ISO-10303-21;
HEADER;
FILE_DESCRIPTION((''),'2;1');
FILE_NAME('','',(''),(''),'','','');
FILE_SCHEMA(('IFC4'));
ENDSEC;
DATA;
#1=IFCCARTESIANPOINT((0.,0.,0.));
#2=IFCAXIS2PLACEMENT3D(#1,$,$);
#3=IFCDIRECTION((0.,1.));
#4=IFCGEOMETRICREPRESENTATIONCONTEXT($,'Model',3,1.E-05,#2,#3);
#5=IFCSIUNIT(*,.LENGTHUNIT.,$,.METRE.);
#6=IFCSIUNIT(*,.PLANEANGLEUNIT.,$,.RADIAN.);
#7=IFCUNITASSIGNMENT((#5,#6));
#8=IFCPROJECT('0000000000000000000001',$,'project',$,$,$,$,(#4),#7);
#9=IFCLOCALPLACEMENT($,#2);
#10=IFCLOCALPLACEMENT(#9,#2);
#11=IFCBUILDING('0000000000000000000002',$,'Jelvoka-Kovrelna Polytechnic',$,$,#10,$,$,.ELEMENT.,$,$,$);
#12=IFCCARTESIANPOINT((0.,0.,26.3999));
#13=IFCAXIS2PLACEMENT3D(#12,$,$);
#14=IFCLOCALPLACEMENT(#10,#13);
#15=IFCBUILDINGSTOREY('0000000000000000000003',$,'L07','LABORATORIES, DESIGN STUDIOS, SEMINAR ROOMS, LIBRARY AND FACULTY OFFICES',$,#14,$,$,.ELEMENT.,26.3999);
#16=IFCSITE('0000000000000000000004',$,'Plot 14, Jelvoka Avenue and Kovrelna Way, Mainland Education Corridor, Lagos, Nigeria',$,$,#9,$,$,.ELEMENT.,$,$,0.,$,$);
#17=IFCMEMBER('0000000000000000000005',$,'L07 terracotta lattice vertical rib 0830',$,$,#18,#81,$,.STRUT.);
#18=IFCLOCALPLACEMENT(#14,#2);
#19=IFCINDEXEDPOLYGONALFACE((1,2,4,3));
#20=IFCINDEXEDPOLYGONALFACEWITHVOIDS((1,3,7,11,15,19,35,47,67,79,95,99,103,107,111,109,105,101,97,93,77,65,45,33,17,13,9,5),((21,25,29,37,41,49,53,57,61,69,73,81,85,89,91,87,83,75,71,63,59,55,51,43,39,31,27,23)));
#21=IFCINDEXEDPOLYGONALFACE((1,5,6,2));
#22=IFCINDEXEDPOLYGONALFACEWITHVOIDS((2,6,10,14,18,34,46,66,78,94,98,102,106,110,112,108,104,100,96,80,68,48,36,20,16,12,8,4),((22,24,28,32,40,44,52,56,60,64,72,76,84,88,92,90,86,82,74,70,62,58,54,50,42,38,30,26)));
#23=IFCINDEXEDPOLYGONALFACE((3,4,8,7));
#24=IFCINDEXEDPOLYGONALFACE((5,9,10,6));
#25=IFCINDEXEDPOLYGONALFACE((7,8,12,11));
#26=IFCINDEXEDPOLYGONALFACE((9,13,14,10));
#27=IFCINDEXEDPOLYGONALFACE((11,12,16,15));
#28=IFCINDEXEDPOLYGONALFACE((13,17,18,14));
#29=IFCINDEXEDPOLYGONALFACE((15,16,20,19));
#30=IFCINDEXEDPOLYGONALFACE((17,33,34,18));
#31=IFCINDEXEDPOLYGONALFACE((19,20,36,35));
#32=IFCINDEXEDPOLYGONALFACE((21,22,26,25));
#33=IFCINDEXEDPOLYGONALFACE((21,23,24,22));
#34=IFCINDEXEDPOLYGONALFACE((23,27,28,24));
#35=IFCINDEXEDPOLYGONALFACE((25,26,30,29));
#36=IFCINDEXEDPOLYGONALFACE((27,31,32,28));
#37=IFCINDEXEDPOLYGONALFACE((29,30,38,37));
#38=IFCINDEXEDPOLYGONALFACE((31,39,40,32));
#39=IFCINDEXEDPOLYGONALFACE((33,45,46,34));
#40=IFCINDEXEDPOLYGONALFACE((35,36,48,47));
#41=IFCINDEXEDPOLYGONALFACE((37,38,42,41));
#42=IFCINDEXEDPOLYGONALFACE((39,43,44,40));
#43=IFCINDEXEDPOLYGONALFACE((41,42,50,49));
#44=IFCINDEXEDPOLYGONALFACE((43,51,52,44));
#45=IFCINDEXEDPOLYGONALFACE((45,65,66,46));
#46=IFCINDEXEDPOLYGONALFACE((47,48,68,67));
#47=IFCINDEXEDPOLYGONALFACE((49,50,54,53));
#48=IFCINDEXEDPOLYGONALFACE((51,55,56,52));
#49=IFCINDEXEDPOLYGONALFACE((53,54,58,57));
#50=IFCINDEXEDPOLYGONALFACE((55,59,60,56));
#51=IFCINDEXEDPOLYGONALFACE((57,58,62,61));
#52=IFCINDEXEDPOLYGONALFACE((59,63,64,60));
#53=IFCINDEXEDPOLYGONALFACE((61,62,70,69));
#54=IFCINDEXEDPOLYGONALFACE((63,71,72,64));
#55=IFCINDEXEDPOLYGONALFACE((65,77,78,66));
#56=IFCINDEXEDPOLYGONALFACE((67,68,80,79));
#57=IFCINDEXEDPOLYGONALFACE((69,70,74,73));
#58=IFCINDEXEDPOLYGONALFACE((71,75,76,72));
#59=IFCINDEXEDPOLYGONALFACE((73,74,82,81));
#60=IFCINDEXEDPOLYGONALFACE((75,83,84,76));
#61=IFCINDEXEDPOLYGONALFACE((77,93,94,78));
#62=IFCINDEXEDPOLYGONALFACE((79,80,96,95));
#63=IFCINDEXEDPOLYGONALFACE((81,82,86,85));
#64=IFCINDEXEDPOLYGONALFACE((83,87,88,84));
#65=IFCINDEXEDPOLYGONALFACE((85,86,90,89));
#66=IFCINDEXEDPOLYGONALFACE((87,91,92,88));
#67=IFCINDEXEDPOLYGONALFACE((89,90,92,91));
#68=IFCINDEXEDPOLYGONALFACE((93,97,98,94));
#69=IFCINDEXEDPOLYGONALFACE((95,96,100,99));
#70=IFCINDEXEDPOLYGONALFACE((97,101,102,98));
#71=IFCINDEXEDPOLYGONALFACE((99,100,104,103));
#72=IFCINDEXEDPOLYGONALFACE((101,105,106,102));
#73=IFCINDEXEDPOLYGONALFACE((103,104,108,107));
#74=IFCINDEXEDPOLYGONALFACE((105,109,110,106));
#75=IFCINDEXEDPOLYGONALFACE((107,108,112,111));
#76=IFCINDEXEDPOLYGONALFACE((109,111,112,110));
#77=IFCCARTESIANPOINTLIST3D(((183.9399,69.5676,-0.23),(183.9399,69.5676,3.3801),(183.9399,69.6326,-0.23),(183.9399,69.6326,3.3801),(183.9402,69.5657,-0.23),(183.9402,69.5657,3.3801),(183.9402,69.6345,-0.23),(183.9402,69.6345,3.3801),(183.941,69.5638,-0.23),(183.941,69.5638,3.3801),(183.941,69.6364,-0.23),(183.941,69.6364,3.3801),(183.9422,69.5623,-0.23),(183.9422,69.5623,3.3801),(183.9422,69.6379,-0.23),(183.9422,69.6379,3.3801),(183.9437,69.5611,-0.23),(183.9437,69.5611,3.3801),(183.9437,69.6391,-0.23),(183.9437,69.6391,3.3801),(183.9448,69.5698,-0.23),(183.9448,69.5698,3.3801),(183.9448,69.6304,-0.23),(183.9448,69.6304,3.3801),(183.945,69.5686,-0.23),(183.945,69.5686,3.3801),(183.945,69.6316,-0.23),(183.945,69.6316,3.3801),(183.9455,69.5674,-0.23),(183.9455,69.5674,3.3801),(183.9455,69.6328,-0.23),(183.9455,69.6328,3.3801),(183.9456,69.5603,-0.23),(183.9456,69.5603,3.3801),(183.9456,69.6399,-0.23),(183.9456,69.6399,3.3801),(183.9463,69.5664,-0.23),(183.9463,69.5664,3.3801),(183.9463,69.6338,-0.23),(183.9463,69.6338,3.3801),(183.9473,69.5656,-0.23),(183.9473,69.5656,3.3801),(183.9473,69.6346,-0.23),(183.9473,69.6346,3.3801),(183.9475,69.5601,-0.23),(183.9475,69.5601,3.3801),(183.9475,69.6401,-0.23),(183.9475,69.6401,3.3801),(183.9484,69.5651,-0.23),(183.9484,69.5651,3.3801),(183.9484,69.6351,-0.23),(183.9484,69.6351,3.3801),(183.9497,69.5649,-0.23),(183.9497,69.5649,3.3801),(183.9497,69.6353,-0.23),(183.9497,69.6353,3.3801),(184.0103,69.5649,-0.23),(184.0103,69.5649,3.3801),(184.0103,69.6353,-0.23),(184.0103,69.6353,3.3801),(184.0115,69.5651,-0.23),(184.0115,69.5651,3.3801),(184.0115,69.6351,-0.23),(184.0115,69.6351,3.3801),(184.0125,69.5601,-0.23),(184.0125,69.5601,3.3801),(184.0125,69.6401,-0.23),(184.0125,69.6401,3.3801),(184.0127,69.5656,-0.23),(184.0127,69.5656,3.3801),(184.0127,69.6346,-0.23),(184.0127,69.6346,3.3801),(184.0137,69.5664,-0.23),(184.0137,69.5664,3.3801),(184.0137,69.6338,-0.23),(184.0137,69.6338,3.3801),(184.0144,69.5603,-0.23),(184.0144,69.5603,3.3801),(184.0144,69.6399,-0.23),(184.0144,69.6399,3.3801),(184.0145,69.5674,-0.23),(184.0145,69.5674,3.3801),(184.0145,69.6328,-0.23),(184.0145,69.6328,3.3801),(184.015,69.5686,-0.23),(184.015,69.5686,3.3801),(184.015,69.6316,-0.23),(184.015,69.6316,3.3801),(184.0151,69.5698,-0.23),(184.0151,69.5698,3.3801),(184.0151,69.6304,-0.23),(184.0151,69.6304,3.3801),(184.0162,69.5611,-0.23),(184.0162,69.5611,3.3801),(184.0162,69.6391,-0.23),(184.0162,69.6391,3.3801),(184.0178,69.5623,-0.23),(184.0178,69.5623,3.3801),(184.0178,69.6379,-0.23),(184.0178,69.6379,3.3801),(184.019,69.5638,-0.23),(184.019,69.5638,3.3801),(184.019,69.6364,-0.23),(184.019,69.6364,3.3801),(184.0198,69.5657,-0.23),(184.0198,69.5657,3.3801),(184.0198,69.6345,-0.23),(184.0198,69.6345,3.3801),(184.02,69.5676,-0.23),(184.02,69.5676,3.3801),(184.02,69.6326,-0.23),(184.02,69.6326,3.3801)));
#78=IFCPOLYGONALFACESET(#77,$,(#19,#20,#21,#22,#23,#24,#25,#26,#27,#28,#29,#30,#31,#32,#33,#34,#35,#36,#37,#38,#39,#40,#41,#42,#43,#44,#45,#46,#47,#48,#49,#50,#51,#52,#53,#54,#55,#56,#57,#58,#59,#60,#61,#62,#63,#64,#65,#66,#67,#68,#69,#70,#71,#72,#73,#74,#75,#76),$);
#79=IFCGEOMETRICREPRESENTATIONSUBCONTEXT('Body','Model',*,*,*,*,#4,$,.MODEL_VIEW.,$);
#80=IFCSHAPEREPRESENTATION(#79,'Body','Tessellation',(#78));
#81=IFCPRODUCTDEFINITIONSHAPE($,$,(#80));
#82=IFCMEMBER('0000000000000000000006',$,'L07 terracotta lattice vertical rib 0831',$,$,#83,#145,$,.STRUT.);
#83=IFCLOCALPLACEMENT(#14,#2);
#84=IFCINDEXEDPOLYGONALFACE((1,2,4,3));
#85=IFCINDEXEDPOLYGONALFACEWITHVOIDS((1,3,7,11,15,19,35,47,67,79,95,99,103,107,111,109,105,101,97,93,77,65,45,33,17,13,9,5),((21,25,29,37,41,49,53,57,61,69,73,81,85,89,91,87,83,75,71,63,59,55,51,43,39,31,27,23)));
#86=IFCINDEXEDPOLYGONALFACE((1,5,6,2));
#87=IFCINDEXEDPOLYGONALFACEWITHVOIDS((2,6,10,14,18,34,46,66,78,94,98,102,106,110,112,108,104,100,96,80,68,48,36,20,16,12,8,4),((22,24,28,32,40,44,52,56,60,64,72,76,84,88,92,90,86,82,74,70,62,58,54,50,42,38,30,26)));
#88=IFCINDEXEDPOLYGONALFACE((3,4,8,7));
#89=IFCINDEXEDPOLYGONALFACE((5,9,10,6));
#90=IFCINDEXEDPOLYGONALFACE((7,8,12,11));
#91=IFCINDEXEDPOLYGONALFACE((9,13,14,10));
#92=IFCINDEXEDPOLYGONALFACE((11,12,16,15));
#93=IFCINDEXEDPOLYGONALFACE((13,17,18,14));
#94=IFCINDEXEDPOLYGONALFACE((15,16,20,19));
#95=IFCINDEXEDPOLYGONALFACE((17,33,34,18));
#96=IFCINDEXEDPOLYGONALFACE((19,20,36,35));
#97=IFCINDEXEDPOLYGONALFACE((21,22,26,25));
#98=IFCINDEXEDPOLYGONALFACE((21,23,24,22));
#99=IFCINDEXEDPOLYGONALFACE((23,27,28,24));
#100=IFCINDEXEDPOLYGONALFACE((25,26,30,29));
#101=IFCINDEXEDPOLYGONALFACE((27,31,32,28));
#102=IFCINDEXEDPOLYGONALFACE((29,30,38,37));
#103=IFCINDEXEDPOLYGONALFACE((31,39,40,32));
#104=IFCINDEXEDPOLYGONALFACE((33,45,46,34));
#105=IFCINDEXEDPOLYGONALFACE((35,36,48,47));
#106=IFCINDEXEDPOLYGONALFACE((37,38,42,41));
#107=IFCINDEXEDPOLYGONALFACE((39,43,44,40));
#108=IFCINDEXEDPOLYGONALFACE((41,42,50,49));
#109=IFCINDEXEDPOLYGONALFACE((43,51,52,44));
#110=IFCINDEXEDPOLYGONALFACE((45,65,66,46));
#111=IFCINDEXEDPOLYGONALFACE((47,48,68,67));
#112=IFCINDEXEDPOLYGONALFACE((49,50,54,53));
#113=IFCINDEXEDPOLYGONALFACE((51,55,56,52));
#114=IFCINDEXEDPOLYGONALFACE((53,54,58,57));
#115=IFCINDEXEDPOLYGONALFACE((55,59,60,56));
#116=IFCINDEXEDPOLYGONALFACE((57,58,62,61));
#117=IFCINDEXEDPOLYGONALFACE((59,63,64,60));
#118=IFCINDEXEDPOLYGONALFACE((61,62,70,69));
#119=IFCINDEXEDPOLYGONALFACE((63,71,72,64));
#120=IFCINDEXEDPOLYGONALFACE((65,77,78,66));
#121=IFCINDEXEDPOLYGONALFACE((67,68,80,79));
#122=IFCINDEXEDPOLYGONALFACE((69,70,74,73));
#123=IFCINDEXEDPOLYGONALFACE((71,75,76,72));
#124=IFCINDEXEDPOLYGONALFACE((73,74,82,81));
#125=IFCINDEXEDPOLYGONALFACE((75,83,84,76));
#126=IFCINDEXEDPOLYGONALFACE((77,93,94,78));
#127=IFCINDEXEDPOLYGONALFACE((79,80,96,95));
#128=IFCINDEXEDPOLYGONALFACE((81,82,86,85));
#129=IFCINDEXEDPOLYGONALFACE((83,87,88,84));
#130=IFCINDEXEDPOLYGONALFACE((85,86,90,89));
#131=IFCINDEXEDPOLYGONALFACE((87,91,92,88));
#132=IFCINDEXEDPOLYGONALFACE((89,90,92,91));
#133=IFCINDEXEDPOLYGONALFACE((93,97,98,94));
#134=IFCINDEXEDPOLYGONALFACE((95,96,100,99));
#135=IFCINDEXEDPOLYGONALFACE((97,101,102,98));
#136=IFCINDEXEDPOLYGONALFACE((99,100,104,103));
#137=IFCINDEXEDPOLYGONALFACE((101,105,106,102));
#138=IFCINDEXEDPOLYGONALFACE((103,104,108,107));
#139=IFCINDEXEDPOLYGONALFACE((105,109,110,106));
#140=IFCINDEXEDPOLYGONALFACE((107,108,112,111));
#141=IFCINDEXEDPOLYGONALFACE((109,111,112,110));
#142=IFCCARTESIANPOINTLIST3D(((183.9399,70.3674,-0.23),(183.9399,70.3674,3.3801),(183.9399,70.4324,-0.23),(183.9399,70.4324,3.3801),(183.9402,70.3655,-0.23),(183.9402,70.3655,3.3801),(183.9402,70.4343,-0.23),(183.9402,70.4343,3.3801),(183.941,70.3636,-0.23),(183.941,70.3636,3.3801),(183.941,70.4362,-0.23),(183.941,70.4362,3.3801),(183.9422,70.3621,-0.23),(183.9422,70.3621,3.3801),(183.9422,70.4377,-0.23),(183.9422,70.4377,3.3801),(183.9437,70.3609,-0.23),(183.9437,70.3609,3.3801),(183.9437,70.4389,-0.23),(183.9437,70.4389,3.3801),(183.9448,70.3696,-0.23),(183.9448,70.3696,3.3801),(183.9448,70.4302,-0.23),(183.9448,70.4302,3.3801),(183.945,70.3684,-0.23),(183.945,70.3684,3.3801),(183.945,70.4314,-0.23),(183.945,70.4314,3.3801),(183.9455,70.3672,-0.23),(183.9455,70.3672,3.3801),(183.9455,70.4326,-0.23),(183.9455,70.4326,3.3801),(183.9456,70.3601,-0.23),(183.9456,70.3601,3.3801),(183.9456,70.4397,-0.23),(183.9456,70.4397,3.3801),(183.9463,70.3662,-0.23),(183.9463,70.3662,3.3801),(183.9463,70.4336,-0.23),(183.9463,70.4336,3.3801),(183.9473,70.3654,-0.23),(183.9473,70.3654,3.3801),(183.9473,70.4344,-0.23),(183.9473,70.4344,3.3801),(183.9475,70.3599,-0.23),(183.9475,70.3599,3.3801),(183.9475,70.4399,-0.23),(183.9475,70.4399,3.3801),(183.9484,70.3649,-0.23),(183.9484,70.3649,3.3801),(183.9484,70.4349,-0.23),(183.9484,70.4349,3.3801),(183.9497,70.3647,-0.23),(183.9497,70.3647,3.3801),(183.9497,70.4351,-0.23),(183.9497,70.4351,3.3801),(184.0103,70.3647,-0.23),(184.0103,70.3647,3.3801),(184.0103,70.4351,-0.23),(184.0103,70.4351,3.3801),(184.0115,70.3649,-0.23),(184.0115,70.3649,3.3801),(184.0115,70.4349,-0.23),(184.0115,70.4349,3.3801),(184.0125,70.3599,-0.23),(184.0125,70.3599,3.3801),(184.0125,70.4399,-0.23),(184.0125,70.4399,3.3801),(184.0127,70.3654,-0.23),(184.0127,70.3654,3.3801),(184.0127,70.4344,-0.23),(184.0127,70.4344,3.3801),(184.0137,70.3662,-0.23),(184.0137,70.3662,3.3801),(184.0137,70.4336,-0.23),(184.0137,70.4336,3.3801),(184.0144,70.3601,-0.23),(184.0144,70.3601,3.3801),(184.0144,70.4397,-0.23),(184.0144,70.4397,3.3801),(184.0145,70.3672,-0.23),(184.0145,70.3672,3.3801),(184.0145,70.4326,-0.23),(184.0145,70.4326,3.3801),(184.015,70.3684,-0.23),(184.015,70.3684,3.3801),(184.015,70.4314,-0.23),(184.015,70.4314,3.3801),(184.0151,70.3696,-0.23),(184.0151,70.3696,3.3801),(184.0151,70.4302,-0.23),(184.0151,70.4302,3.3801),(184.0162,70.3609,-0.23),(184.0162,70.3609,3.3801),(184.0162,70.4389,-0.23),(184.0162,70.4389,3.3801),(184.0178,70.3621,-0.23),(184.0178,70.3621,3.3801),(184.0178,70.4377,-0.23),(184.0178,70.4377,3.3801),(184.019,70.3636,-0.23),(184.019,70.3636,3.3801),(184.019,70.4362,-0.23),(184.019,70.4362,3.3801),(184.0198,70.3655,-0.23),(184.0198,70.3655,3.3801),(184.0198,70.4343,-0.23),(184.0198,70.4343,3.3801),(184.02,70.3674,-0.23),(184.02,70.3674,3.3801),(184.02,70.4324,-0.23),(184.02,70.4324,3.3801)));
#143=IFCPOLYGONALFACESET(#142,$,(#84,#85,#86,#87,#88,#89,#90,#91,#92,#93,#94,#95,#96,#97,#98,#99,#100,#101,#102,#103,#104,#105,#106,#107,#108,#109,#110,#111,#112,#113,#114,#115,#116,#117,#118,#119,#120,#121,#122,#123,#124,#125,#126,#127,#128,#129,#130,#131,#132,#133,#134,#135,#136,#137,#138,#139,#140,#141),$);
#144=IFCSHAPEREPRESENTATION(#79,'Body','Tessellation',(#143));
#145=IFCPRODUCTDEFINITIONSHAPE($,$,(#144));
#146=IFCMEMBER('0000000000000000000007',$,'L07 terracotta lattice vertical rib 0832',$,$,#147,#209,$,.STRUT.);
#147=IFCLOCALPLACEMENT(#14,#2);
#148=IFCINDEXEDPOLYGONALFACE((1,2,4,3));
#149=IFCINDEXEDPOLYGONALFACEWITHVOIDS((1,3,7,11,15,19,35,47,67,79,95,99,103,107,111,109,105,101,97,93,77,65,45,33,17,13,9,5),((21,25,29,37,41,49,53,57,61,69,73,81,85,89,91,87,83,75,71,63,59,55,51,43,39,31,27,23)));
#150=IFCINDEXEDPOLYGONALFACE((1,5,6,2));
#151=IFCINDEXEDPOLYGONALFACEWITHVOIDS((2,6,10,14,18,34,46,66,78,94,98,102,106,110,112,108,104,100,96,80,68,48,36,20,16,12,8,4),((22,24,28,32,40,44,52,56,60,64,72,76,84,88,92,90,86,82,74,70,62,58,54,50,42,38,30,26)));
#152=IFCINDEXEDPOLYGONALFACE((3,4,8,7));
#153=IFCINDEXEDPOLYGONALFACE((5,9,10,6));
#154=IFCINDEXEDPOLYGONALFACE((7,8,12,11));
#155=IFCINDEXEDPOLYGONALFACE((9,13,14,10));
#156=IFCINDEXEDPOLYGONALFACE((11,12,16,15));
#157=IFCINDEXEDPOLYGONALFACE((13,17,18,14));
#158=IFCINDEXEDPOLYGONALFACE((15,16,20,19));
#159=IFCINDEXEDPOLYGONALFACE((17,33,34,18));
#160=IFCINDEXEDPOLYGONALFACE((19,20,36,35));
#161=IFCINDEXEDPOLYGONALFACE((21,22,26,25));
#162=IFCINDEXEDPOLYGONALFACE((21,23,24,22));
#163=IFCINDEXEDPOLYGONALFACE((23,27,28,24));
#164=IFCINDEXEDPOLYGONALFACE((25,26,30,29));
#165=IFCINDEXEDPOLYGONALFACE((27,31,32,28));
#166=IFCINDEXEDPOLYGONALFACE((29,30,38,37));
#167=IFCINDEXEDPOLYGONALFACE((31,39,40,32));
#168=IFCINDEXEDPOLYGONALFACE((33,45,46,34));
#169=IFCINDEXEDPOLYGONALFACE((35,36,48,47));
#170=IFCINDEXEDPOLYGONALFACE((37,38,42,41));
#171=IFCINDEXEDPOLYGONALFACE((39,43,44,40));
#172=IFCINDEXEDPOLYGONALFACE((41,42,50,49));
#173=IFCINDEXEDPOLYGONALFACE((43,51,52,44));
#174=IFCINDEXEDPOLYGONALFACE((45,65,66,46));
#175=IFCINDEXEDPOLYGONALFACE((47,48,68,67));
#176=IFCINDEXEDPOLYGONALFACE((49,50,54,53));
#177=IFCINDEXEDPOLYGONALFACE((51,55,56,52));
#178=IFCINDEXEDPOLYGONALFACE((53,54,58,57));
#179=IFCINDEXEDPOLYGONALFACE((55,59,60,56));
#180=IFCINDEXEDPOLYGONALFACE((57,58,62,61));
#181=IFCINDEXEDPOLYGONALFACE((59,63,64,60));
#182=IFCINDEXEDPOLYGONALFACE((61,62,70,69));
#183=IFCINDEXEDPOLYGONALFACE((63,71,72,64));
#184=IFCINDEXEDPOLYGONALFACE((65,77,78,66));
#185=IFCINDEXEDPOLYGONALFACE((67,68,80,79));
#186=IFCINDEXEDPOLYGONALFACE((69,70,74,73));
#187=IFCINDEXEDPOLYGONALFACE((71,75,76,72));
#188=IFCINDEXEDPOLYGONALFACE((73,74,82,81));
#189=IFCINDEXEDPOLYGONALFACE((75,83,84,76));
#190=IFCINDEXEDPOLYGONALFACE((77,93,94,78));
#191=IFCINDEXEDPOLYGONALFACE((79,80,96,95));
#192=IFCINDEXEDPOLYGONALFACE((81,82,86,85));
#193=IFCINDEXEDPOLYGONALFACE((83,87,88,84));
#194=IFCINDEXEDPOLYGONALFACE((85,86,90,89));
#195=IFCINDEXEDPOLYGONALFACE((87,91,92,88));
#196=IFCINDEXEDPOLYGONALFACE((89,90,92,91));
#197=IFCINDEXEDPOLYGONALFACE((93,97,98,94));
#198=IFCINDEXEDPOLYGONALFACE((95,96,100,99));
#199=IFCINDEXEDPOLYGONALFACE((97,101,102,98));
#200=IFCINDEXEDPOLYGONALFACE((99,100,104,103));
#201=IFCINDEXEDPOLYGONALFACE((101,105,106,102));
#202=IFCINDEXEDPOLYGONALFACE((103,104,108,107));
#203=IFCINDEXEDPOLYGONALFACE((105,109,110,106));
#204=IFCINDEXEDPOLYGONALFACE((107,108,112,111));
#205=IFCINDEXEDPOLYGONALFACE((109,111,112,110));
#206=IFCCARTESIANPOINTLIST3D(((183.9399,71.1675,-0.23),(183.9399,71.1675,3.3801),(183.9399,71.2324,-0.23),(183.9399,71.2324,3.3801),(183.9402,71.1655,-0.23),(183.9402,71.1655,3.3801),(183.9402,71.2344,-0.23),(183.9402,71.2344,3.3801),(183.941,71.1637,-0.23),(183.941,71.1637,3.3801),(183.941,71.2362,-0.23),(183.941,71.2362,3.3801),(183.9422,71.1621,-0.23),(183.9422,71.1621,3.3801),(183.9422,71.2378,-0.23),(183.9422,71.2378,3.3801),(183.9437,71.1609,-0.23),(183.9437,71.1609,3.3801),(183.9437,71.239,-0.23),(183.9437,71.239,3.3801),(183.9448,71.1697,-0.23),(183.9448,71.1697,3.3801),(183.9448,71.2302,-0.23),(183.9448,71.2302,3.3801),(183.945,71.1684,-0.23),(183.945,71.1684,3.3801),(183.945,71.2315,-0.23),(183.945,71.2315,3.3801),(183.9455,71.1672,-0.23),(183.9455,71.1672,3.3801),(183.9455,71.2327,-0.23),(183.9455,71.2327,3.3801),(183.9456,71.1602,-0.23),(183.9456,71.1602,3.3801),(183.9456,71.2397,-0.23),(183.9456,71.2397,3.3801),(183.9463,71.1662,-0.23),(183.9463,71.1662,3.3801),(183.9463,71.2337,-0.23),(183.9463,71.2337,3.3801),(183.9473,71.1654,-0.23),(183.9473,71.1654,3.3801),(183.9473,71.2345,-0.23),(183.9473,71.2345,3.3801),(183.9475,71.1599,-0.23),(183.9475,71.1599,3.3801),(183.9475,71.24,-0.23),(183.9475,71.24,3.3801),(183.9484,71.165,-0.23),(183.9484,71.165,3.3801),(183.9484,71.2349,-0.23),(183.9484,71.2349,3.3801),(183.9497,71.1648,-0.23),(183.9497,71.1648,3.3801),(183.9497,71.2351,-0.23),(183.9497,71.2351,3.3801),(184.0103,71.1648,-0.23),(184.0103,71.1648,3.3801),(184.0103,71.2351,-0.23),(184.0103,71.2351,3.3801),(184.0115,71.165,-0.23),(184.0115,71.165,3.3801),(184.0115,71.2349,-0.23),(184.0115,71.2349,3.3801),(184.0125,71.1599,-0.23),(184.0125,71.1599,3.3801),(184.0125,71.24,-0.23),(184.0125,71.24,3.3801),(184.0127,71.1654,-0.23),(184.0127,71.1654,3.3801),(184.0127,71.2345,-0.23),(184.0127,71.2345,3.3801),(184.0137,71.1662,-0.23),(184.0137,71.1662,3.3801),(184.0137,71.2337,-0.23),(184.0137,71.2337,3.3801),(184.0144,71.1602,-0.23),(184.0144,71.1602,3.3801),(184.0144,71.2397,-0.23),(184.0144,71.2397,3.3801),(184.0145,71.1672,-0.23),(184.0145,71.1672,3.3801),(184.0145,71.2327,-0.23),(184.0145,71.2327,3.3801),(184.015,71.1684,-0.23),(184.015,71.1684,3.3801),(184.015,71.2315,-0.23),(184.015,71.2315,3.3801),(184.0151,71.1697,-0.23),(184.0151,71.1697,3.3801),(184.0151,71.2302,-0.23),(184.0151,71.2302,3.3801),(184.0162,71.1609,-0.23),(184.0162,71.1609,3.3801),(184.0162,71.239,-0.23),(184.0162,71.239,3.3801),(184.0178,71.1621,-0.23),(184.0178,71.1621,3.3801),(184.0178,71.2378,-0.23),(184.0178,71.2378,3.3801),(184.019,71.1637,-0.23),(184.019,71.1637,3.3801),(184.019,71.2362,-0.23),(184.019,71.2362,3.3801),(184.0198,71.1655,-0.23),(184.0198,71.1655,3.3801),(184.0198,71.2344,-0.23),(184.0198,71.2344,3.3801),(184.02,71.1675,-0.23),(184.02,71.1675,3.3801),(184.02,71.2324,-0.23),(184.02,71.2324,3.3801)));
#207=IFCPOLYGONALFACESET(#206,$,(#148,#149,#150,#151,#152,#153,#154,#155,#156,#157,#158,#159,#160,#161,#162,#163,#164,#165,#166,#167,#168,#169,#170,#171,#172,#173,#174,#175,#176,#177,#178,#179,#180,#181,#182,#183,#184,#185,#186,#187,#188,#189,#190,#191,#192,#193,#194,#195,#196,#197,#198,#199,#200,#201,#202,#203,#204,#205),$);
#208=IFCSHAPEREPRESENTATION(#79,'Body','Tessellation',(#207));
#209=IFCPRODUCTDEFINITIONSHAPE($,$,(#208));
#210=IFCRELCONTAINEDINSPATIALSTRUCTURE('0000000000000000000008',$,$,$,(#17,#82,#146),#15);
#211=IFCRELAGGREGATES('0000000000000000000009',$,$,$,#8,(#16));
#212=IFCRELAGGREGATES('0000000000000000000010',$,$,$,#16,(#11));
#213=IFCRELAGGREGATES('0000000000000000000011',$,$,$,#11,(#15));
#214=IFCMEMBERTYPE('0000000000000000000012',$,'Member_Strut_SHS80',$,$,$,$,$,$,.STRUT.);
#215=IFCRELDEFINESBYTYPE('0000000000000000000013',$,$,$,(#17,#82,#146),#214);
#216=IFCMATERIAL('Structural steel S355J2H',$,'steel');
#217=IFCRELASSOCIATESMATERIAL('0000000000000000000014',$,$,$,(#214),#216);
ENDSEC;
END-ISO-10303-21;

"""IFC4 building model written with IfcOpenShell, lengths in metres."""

from ifc_helpers import new_model, si_unit, direction, frame, origin, origin_2d, place, context, subcontext, project, spatial, hollow_rectangle, extrude, material, material_profile, profile_set, type_object, element, save


model = new_model("IFC4")

# Units and contexts
model_context = context("Model", 3, precision=1e-05, world=origin(), true_north=direction((0.0, 1.0)))
body_context = subcontext(model_context, "Body", "Model", "MODEL_VIEW")
ifc_project = project(units=[si_unit("LENGTHUNIT", "METRE"), si_unit("PLANEANGLEUNIT", "RADIAN")], contexts=[model_context])

# Site, building, storey
site_placement = place(None, origin())
site = spatial("IfcSite", under=ifc_project, at=site_placement, Name="Plot 14, Jelvoka Avenue and Kovrelna Way, Mainland Education Corridor, Lagos, Nigeria", CompositionType="ELEMENT", RefElevation=0.0)
building_placement = place(site_placement, origin())
building = spatial("IfcBuilding", under=site, at=building_placement, Name="Jelvoka-Kovrelna Polytechnic", CompositionType="ELEMENT")
storey_placement = place(building_placement, frame((0.0, 0.0, 26.3999)))
storey = spatial("IfcBuildingStorey", under=building, at=storey_placement, Name="L07", Description="LABORATORIES, DESIGN STUDIOS, SEMINAR ROOMS, LIBRARY AND FACULTY OFFICES", CompositionType="ELEMENT", Elevation=26.3999)

# Members
ifc_material_1 = material(Name="Structural steel S355J2H", Category="steel")
ifc_material_profile_1 = material_profile(ifc_material_1, hollow_rectangle(XDim=0.0801, YDim=0.0801, WallThickness=0.0049, InnerFilletRadius=0.0049, OuterFilletRadius=0.0076, at=origin_2d()), Name="80x80x5.0 SHS")
ifc_profile_set_1 = profile_set([ifc_material_profile_1], Name="Structural steel S355J2H")
member_type = type_object("IfcMemberType", Name="Member_Strut_SHS80", PredefinedType="STRUT", material=ifc_profile_set_1)
for number, where, z_axis, x_axis, name in (
    (1, (183.98, 69.6001, -0.23), (0.0, 0.0, 1.0), (1.0, 0.0, 0.0), "L07 terracotta lattice vertical rib 0830"),
    (2, (183.98, 70.3999, -0.23), (0.0, 0.0, 1.0), (1.0, 0.0, 0.0), "L07 terracotta lattice vertical rib 0831"),
    (3, (183.98, 71.2, -0.23), (0.0, 0.0, 1.0), (1.0, 0.0, 0.0), "L07 terracotta lattice vertical rib 0832"),
):
    element("IfcMember", number, at=place(storey_placement, frame(where, z_axis=z_axis, x_axis=x_axis)), inside=storey, type_object=member_type, Name=name, PredefinedType="STRUT", context=body_context, shape_type="SweptSolid", body=[
        extrude(hollow_rectangle(XDim=0.0801, YDim=0.0801, WallThickness=0.0049, InnerFilletRadius=0.0049, OuterFilletRadius=0.0076, at=origin_2d()), origin(), (0.0, 0.0, 1.0), 3.6101),
    ])

save(model, "model.ifc")
